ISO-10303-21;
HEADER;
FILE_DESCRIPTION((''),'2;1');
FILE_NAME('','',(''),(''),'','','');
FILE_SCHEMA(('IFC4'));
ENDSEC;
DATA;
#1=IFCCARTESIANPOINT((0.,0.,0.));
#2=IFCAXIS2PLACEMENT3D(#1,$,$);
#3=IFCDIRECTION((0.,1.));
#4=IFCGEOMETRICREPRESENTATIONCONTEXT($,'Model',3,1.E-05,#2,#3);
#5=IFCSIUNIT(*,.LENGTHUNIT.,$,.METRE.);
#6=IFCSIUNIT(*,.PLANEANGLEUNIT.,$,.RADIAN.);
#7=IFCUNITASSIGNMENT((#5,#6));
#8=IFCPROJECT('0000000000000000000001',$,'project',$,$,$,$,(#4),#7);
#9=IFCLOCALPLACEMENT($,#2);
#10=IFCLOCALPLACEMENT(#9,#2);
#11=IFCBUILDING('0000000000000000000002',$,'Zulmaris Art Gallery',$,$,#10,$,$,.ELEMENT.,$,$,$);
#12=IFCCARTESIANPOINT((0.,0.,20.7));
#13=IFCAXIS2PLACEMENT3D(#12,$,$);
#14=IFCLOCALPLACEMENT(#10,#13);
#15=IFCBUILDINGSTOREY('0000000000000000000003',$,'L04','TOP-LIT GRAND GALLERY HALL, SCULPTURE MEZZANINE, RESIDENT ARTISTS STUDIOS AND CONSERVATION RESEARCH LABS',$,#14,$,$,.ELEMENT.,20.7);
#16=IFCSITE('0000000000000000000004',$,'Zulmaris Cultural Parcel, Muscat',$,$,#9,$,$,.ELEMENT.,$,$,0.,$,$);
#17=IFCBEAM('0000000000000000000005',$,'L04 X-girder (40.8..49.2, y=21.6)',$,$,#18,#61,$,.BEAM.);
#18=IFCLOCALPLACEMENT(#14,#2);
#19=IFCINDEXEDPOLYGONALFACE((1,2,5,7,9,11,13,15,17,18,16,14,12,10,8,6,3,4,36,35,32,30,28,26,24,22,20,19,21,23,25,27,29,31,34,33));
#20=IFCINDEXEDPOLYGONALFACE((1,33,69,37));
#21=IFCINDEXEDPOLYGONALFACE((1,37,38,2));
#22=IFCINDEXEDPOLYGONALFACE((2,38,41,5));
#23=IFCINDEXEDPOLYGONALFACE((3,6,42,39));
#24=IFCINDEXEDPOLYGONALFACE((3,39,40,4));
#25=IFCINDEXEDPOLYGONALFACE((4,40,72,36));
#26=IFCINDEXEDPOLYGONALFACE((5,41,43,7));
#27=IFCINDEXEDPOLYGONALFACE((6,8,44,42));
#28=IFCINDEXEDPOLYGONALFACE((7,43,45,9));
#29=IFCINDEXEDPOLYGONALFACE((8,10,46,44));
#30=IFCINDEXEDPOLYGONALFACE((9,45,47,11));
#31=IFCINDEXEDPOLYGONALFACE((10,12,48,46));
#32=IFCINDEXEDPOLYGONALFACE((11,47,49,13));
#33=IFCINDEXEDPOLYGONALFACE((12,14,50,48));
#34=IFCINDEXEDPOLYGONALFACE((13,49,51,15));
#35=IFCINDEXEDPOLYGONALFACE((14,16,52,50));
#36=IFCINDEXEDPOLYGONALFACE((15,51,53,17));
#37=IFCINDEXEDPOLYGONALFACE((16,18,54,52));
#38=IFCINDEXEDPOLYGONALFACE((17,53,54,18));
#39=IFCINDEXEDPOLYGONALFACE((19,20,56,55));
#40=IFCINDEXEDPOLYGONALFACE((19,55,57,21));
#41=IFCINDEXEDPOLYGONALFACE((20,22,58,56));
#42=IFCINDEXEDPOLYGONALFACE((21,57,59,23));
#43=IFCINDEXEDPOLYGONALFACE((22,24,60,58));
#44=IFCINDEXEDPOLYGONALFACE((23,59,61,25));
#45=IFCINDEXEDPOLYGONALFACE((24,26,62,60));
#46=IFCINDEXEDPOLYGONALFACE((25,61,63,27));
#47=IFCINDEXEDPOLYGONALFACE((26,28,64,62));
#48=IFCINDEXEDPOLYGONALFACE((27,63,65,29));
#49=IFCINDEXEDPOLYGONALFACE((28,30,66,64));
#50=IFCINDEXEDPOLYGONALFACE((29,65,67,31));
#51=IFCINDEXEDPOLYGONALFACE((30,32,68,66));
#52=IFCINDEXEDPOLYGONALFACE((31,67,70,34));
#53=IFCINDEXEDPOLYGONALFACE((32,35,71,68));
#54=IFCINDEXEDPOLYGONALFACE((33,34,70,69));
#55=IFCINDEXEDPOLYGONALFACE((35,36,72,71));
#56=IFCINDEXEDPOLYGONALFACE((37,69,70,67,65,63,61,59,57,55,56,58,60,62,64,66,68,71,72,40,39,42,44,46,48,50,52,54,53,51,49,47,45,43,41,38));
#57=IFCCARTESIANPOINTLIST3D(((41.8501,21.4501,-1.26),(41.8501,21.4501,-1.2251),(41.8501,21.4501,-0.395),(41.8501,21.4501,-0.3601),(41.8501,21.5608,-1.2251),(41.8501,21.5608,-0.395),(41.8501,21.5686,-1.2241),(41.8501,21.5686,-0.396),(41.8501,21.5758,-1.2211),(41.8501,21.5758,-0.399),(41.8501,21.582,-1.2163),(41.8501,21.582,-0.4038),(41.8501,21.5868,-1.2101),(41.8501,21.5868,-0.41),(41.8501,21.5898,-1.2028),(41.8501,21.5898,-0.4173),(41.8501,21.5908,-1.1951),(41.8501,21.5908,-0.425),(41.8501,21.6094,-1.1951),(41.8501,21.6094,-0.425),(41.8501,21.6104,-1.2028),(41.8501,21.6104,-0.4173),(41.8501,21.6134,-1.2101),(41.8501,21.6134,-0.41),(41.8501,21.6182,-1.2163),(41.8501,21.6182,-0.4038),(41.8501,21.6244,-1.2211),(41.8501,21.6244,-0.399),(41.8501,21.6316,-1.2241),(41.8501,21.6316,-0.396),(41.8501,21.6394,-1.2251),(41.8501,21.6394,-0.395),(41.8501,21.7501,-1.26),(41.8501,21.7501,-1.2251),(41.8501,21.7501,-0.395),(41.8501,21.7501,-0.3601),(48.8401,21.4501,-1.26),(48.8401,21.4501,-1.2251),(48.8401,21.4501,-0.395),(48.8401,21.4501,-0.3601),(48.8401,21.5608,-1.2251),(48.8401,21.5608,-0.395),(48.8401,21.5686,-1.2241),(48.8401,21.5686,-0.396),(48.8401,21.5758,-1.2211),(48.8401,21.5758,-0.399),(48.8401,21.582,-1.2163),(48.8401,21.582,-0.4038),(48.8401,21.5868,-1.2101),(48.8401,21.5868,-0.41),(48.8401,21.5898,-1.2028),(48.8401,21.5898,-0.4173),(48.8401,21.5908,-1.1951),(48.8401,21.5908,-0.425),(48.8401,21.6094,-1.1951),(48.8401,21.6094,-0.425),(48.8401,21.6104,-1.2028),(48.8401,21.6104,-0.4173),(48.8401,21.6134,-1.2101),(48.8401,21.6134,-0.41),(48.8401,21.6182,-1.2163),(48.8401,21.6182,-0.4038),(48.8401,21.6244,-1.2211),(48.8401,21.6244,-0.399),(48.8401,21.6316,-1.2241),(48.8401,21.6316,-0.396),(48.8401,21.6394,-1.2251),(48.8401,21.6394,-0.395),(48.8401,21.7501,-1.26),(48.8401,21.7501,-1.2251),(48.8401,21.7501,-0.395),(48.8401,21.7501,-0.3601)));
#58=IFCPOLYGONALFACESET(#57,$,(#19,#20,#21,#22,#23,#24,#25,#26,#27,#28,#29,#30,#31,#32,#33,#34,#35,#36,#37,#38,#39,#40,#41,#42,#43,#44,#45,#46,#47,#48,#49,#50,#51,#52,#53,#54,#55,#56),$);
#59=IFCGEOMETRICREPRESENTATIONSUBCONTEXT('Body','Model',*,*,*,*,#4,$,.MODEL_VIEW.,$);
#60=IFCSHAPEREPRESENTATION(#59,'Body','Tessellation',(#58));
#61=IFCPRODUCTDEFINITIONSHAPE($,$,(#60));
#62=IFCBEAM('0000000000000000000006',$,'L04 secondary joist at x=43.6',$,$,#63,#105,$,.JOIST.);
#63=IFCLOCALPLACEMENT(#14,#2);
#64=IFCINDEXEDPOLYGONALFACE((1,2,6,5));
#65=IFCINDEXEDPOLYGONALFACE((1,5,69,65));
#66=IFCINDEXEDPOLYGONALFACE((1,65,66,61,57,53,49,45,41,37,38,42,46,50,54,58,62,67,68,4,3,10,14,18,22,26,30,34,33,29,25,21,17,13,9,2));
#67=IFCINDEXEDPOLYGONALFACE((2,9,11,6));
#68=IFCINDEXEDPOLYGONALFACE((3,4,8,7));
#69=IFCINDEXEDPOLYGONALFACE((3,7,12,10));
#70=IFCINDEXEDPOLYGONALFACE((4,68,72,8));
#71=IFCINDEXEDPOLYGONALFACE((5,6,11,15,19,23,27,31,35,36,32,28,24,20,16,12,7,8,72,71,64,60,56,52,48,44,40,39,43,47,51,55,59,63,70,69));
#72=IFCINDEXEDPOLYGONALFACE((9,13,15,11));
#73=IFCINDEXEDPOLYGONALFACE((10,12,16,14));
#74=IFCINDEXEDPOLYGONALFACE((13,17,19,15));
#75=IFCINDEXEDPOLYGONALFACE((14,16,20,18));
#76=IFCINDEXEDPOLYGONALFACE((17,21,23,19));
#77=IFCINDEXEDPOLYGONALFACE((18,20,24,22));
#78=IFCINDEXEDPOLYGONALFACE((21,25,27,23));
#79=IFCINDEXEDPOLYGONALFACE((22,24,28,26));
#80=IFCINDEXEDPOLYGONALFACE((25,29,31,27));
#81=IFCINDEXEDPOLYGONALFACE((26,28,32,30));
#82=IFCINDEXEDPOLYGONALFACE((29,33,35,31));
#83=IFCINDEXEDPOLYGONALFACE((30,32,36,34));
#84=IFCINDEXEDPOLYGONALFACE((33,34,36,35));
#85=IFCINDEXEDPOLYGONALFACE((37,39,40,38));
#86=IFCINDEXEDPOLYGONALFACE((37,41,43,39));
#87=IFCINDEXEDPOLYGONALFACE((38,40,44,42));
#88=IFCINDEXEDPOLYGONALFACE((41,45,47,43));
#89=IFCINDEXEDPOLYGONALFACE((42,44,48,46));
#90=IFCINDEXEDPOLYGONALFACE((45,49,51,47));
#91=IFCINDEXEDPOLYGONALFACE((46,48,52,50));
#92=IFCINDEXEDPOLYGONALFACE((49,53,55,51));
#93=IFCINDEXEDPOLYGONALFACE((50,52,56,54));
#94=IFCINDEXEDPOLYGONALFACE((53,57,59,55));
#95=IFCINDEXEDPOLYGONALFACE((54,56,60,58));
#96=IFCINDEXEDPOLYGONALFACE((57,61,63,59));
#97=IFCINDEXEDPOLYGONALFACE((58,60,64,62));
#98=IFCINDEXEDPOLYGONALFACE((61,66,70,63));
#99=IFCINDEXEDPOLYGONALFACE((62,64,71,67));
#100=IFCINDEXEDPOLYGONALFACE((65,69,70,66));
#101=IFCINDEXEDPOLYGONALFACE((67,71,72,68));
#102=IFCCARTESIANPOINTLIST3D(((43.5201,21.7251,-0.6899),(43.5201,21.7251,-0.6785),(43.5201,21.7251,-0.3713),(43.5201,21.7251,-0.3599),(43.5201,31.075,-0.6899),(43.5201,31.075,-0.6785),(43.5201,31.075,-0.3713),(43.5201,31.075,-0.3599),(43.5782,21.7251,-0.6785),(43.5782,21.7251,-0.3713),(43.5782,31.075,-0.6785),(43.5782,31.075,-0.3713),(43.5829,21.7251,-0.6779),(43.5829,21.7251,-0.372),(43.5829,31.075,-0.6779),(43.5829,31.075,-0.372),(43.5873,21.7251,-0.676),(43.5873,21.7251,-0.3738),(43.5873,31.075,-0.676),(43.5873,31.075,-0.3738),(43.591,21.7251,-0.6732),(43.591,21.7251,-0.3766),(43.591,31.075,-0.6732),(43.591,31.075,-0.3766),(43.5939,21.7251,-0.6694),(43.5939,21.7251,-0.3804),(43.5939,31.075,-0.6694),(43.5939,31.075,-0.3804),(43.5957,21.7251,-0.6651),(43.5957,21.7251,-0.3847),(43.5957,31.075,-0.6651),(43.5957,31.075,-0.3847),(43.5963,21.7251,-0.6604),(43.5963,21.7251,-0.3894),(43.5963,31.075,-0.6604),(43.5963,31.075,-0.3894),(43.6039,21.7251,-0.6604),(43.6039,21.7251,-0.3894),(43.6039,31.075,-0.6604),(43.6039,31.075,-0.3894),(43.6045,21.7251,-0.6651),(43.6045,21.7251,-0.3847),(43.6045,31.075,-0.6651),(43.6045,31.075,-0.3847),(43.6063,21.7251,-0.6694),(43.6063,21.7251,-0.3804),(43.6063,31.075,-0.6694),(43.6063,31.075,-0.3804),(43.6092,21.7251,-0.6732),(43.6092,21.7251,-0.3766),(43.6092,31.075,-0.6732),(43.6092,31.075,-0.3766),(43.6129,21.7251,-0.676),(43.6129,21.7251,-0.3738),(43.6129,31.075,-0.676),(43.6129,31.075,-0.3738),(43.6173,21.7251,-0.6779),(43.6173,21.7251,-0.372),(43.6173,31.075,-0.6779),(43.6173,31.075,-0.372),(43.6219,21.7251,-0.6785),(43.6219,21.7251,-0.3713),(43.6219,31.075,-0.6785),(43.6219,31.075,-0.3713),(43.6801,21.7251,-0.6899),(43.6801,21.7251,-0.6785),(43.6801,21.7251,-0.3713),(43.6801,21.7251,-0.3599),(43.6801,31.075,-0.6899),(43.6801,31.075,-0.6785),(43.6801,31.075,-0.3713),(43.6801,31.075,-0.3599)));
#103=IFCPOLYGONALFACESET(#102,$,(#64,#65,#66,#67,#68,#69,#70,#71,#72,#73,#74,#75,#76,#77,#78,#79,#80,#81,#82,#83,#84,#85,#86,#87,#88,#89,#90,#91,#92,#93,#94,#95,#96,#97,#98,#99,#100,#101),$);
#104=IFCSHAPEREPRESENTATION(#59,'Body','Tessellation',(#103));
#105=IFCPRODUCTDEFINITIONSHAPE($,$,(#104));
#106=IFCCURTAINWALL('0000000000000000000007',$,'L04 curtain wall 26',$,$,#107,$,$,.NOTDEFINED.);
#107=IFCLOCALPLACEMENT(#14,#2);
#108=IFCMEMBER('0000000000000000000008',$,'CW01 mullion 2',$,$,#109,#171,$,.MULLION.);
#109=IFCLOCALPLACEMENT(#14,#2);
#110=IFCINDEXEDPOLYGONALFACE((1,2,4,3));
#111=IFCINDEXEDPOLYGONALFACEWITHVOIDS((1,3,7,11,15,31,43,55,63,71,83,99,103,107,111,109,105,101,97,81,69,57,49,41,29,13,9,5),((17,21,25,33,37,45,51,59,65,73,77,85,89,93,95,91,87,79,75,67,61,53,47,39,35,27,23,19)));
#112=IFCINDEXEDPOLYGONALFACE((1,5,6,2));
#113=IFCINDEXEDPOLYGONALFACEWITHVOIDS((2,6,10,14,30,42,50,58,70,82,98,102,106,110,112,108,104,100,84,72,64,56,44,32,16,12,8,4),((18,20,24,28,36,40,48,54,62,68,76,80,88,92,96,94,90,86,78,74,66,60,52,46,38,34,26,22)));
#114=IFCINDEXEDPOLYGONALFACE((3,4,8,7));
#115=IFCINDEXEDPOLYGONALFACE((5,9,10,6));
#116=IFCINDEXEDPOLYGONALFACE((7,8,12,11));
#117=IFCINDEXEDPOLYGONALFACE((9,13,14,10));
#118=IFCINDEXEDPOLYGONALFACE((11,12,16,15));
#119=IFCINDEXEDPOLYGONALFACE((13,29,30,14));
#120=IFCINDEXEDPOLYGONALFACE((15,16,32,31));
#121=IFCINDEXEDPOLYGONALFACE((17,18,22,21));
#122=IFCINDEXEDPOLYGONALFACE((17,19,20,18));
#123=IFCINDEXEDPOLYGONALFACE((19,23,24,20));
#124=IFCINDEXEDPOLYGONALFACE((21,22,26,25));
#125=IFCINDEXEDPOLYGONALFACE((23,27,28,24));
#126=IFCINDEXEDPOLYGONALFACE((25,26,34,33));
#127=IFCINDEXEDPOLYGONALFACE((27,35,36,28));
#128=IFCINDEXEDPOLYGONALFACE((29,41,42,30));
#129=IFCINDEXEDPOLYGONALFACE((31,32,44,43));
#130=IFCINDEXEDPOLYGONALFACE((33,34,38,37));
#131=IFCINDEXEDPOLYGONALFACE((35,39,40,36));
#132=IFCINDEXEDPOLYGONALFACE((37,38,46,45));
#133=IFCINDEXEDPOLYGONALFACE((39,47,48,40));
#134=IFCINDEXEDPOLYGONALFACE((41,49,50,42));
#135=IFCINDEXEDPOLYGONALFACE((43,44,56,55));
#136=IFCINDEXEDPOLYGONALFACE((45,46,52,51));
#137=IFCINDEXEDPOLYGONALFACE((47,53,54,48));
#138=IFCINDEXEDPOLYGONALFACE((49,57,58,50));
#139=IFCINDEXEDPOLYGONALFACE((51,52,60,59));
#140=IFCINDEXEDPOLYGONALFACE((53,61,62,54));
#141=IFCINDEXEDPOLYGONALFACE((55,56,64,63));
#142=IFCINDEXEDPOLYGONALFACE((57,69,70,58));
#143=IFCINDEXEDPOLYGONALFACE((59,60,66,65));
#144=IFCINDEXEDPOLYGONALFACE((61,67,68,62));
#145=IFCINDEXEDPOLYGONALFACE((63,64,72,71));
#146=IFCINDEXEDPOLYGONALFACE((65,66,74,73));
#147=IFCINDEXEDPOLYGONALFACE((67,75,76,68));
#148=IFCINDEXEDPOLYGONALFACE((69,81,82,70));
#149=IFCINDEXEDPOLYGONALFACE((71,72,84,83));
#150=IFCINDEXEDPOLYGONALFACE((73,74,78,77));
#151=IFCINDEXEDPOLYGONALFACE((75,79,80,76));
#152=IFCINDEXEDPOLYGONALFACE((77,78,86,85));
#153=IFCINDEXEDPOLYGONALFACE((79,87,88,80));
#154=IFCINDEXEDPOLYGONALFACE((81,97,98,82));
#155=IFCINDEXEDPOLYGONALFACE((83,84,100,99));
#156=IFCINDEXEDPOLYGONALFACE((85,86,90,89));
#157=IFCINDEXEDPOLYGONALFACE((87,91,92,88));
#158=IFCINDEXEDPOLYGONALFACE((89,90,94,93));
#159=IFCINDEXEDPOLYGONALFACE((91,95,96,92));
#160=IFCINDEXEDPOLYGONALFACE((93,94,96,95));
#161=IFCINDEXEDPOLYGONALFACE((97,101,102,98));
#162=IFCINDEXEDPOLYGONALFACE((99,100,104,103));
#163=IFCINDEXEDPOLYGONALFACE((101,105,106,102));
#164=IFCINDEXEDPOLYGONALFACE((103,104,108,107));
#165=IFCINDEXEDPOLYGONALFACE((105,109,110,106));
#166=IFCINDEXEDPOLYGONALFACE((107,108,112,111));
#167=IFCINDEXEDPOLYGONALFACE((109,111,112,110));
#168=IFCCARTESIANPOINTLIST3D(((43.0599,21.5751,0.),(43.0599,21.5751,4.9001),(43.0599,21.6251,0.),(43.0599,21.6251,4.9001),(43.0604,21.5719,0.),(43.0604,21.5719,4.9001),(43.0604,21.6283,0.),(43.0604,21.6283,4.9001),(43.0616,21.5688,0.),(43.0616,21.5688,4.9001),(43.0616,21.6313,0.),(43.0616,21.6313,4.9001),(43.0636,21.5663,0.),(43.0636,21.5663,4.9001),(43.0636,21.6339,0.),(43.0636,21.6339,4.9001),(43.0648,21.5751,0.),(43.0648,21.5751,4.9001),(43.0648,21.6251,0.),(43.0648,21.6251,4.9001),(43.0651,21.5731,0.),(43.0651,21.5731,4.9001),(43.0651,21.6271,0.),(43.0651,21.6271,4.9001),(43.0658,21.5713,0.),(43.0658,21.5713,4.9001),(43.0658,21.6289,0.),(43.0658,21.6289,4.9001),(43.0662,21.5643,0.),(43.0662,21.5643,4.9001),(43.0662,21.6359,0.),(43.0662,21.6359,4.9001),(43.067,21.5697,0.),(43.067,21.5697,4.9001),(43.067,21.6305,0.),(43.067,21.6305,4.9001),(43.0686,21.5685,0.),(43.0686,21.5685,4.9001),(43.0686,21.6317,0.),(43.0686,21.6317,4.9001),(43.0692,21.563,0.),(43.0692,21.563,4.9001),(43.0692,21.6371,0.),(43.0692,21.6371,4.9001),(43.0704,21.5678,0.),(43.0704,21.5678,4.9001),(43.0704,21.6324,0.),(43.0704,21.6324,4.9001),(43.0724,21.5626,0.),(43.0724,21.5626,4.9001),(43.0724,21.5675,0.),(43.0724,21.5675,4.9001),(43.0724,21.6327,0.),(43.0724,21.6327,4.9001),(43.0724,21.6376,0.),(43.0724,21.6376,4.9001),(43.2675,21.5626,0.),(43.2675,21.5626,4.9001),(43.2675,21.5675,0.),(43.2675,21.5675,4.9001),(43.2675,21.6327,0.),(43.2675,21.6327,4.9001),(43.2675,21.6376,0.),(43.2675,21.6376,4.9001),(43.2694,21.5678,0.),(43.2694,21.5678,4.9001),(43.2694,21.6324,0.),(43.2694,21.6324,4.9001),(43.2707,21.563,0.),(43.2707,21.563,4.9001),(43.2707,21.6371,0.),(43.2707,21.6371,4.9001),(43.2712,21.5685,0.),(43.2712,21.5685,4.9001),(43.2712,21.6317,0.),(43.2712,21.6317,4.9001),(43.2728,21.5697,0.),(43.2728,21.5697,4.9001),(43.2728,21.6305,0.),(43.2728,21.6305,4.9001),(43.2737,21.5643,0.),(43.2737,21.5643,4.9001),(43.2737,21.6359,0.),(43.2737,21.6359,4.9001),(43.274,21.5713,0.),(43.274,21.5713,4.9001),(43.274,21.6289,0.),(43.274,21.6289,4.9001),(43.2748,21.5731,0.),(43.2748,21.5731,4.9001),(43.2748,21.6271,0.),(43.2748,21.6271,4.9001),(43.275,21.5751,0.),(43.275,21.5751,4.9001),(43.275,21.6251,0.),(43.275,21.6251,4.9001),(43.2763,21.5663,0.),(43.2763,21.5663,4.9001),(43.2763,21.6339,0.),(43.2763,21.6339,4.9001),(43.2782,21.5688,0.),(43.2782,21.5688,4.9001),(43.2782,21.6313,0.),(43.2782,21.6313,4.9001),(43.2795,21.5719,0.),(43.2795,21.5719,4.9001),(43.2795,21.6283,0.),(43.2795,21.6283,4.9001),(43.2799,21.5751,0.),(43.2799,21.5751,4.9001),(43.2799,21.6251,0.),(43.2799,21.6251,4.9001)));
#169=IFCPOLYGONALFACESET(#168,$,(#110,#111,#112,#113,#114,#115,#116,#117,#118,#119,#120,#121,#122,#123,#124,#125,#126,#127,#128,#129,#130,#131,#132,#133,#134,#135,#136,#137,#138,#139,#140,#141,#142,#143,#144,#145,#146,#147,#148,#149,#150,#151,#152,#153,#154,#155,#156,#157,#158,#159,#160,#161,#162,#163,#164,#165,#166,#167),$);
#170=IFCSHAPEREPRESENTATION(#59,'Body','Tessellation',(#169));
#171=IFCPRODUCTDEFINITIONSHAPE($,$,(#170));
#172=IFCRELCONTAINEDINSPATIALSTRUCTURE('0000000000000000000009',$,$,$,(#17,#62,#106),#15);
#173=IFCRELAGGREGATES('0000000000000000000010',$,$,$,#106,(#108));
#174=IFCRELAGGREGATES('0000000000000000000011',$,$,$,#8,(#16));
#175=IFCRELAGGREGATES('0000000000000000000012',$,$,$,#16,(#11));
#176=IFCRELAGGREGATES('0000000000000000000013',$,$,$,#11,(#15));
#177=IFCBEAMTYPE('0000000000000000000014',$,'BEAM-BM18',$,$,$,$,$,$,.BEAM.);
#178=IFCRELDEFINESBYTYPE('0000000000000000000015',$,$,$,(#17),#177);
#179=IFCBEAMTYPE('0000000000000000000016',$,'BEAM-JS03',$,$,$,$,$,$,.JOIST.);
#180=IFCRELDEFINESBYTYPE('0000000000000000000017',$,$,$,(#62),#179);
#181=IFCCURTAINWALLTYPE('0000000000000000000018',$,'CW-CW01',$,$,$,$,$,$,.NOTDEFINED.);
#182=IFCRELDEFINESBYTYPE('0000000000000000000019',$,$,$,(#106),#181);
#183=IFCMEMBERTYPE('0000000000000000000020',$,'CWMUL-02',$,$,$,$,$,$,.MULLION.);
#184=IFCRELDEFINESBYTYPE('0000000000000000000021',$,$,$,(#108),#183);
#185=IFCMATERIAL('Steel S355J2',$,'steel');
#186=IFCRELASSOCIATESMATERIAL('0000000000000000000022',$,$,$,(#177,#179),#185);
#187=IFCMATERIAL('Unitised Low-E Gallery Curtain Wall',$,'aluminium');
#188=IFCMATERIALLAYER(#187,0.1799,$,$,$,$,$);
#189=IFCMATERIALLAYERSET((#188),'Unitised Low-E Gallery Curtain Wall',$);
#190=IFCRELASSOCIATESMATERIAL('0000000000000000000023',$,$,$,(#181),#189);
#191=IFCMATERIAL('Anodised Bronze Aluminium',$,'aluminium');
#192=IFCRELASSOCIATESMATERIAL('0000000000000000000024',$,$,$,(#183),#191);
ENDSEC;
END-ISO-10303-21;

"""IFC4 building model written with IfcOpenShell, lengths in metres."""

from ifc_helpers import new_model, si_unit, direction, frame, origin, origin_2d, place, context, subcontext, project, spatial, hollow_rectangle, i_section, extrude, material, layer, layer_set, material_profile, profile_set, type_object, element, aggregate, save


model = new_model("IFC4")

# Units and contexts
model_context = context("Model", 3, precision=1e-05, world=origin(), true_north=direction((0.0, 1.0)))
body_context = subcontext(model_context, "Body", "Model", "MODEL_VIEW")
ifc_project = project(units=[si_unit("LENGTHUNIT", "METRE"), si_unit("PLANEANGLEUNIT", "RADIAN")], contexts=[model_context])

# Site, building, storey
site_placement = place(None, origin())
site = spatial("IfcSite", under=ifc_project, at=site_placement, Name="Zulmaris Cultural Parcel, Muscat", CompositionType="ELEMENT", RefElevation=0.0)
building_placement = place(site_placement, origin())
building = spatial("IfcBuilding", under=site, at=building_placement, Name="Zulmaris Art Gallery", CompositionType="ELEMENT")
storey_placement = place(building_placement, frame((0.0, 0.0, 20.7)))
storey = spatial("IfcBuildingStorey", under=building, at=storey_placement, Name="L04", Description="TOP-LIT GRAND GALLERY HALL, SCULPTURE MEZZANINE, RESIDENT ARTISTS STUDIOS AND CONSERVATION RESEARCH LABS", CompositionType="ELEMENT", Elevation=20.7)

# Beams
ifc_material_1 = material(Name="Steel S355J2", Category="steel")
ifc_material_profile_1 = material_profile(ifc_material_1, i_section(OverallWidth=0.3, OverallDepth=0.8999, WebThickness=0.0186, FlangeThickness=0.0349, FilletRadius=0.03, at=origin_2d()), Name="HEB 900")
ifc_profile_set_1 = profile_set([ifc_material_profile_1], Name="Steel S355J2")
beam_type_1 = type_object("IfcBeamType", Name="BEAM-BM18", PredefinedType="BEAM", material=ifc_profile_set_1)
beam_1_placement = place(storey_placement, frame((41.8501, 21.6001, -0.8101), z_axis=(1.0, 0.0, 0.0), x_axis=(0.0, 1.0, 0.0)))
element("IfcBeam", 1, at=beam_1_placement, inside=storey, type_object=beam_type_1, Name="L04 X-girder (40.8..49.2, y=21.6)", PredefinedType="BEAM", context=body_context, shape_type="SweptSolid", body=[
    extrude(i_section(OverallWidth=0.3, OverallDepth=0.8999, WebThickness=0.0186, FlangeThickness=0.0349, FilletRadius=0.03, at=origin_2d()), origin(), (0.0, 0.0, 1.0), 6.99),
])
ifc_material_profile_2 = material_profile(ifc_material_1, i_section(OverallWidth=0.1599, OverallDepth=0.3301, WebThickness=0.0076, FlangeThickness=0.0115, FilletRadius=0.0181, at=origin_2d()), Name="IPE 330")
ifc_profile_set_2 = profile_set([ifc_material_profile_2], Name="Steel S355J2")
beam_type_2 = type_object("IfcBeamType", Name="BEAM-JS03", PredefinedType="JOIST", material=ifc_profile_set_2)
beam_2_placement = place(storey_placement, frame((43.6001, 21.7251, -0.5249), z_axis=(0.0, 1.0, 0.0), x_axis=(-1.0, 0.0, 0.0)))
element("IfcBeam", 2, at=beam_2_placement, inside=storey, type_object=beam_type_2, Name="L04 secondary joist at x=43.6", PredefinedType="JOIST", context=body_context, shape_type="SweptSolid", body=[
    extrude(i_section(OverallWidth=0.1599, OverallDepth=0.3301, WebThickness=0.0076, FlangeThickness=0.0115, FilletRadius=0.0181, at=origin_2d()), origin(), (0.0, 0.0, 1.0), 9.3499),
])

# Curtain wall, member
ifc_material_2 = material(Name="Unitised Low-E Gallery Curtain Wall", Category="aluminium")
ifc_layer_1 = layer(ifc_material_2, 0.1799)
ifc_layer_set_1 = layer_set([ifc_layer_1], Name="Unitised Low-E Gallery Curtain Wall")
curtain_wall_type_1 = type_object("IfcCurtainWallType", Name="CW-CW01", PredefinedType="NOTDEFINED", material=ifc_layer_set_1)
curtain_wall_1_placement = place(storey_placement, origin())
curtain_wall_1 = element("IfcCurtainWall", 3, at=curtain_wall_1_placement, inside=storey, type_object=curtain_wall_type_1, Name="L04 curtain wall 26", PredefinedType="NOTDEFINED")
ifc_material_3 = material(Name="Anodised Bronze Aluminium", Category="aluminium")
ifc_material_profile_3 = material_profile(ifc_material_3, hollow_rectangle(XDim=0.075, YDim=0.22, WallThickness=0.0049, InnerFilletRadius=0.0076, OuterFilletRadius=0.0125, at=origin_2d()), Name="ALU 75x220x5")
ifc_profile_set_3 = profile_set([ifc_material_profile_3], Name="Anodised Bronze Aluminium")
member_type_1 = type_object("IfcMemberType", Name="CWMUL-02", PredefinedType="MULLION", material=ifc_profile_set_3)
member_1_placement = place(storey_placement, frame((43.1699, 21.6001, 0.0), z_axis=(0.0, 0.0, 1.0), x_axis=(0.0, 1.0, 0.0)))
member_1 = element("IfcMember", 4, at=member_1_placement, type_object=member_type_1, Name="CW01 mullion 2", PredefinedType="MULLION", context=body_context, shape_type="SweptSolid", body=[
    extrude(hollow_rectangle(XDim=0.075, YDim=0.22, WallThickness=0.0049, InnerFilletRadius=0.0076, OuterFilletRadius=0.0125, at=origin_2d()), origin(), (0.0, 0.0, 1.0), 4.9001),
])

aggregate(curtain_wall_1, [member_1])

save(model, "model.ifc")
